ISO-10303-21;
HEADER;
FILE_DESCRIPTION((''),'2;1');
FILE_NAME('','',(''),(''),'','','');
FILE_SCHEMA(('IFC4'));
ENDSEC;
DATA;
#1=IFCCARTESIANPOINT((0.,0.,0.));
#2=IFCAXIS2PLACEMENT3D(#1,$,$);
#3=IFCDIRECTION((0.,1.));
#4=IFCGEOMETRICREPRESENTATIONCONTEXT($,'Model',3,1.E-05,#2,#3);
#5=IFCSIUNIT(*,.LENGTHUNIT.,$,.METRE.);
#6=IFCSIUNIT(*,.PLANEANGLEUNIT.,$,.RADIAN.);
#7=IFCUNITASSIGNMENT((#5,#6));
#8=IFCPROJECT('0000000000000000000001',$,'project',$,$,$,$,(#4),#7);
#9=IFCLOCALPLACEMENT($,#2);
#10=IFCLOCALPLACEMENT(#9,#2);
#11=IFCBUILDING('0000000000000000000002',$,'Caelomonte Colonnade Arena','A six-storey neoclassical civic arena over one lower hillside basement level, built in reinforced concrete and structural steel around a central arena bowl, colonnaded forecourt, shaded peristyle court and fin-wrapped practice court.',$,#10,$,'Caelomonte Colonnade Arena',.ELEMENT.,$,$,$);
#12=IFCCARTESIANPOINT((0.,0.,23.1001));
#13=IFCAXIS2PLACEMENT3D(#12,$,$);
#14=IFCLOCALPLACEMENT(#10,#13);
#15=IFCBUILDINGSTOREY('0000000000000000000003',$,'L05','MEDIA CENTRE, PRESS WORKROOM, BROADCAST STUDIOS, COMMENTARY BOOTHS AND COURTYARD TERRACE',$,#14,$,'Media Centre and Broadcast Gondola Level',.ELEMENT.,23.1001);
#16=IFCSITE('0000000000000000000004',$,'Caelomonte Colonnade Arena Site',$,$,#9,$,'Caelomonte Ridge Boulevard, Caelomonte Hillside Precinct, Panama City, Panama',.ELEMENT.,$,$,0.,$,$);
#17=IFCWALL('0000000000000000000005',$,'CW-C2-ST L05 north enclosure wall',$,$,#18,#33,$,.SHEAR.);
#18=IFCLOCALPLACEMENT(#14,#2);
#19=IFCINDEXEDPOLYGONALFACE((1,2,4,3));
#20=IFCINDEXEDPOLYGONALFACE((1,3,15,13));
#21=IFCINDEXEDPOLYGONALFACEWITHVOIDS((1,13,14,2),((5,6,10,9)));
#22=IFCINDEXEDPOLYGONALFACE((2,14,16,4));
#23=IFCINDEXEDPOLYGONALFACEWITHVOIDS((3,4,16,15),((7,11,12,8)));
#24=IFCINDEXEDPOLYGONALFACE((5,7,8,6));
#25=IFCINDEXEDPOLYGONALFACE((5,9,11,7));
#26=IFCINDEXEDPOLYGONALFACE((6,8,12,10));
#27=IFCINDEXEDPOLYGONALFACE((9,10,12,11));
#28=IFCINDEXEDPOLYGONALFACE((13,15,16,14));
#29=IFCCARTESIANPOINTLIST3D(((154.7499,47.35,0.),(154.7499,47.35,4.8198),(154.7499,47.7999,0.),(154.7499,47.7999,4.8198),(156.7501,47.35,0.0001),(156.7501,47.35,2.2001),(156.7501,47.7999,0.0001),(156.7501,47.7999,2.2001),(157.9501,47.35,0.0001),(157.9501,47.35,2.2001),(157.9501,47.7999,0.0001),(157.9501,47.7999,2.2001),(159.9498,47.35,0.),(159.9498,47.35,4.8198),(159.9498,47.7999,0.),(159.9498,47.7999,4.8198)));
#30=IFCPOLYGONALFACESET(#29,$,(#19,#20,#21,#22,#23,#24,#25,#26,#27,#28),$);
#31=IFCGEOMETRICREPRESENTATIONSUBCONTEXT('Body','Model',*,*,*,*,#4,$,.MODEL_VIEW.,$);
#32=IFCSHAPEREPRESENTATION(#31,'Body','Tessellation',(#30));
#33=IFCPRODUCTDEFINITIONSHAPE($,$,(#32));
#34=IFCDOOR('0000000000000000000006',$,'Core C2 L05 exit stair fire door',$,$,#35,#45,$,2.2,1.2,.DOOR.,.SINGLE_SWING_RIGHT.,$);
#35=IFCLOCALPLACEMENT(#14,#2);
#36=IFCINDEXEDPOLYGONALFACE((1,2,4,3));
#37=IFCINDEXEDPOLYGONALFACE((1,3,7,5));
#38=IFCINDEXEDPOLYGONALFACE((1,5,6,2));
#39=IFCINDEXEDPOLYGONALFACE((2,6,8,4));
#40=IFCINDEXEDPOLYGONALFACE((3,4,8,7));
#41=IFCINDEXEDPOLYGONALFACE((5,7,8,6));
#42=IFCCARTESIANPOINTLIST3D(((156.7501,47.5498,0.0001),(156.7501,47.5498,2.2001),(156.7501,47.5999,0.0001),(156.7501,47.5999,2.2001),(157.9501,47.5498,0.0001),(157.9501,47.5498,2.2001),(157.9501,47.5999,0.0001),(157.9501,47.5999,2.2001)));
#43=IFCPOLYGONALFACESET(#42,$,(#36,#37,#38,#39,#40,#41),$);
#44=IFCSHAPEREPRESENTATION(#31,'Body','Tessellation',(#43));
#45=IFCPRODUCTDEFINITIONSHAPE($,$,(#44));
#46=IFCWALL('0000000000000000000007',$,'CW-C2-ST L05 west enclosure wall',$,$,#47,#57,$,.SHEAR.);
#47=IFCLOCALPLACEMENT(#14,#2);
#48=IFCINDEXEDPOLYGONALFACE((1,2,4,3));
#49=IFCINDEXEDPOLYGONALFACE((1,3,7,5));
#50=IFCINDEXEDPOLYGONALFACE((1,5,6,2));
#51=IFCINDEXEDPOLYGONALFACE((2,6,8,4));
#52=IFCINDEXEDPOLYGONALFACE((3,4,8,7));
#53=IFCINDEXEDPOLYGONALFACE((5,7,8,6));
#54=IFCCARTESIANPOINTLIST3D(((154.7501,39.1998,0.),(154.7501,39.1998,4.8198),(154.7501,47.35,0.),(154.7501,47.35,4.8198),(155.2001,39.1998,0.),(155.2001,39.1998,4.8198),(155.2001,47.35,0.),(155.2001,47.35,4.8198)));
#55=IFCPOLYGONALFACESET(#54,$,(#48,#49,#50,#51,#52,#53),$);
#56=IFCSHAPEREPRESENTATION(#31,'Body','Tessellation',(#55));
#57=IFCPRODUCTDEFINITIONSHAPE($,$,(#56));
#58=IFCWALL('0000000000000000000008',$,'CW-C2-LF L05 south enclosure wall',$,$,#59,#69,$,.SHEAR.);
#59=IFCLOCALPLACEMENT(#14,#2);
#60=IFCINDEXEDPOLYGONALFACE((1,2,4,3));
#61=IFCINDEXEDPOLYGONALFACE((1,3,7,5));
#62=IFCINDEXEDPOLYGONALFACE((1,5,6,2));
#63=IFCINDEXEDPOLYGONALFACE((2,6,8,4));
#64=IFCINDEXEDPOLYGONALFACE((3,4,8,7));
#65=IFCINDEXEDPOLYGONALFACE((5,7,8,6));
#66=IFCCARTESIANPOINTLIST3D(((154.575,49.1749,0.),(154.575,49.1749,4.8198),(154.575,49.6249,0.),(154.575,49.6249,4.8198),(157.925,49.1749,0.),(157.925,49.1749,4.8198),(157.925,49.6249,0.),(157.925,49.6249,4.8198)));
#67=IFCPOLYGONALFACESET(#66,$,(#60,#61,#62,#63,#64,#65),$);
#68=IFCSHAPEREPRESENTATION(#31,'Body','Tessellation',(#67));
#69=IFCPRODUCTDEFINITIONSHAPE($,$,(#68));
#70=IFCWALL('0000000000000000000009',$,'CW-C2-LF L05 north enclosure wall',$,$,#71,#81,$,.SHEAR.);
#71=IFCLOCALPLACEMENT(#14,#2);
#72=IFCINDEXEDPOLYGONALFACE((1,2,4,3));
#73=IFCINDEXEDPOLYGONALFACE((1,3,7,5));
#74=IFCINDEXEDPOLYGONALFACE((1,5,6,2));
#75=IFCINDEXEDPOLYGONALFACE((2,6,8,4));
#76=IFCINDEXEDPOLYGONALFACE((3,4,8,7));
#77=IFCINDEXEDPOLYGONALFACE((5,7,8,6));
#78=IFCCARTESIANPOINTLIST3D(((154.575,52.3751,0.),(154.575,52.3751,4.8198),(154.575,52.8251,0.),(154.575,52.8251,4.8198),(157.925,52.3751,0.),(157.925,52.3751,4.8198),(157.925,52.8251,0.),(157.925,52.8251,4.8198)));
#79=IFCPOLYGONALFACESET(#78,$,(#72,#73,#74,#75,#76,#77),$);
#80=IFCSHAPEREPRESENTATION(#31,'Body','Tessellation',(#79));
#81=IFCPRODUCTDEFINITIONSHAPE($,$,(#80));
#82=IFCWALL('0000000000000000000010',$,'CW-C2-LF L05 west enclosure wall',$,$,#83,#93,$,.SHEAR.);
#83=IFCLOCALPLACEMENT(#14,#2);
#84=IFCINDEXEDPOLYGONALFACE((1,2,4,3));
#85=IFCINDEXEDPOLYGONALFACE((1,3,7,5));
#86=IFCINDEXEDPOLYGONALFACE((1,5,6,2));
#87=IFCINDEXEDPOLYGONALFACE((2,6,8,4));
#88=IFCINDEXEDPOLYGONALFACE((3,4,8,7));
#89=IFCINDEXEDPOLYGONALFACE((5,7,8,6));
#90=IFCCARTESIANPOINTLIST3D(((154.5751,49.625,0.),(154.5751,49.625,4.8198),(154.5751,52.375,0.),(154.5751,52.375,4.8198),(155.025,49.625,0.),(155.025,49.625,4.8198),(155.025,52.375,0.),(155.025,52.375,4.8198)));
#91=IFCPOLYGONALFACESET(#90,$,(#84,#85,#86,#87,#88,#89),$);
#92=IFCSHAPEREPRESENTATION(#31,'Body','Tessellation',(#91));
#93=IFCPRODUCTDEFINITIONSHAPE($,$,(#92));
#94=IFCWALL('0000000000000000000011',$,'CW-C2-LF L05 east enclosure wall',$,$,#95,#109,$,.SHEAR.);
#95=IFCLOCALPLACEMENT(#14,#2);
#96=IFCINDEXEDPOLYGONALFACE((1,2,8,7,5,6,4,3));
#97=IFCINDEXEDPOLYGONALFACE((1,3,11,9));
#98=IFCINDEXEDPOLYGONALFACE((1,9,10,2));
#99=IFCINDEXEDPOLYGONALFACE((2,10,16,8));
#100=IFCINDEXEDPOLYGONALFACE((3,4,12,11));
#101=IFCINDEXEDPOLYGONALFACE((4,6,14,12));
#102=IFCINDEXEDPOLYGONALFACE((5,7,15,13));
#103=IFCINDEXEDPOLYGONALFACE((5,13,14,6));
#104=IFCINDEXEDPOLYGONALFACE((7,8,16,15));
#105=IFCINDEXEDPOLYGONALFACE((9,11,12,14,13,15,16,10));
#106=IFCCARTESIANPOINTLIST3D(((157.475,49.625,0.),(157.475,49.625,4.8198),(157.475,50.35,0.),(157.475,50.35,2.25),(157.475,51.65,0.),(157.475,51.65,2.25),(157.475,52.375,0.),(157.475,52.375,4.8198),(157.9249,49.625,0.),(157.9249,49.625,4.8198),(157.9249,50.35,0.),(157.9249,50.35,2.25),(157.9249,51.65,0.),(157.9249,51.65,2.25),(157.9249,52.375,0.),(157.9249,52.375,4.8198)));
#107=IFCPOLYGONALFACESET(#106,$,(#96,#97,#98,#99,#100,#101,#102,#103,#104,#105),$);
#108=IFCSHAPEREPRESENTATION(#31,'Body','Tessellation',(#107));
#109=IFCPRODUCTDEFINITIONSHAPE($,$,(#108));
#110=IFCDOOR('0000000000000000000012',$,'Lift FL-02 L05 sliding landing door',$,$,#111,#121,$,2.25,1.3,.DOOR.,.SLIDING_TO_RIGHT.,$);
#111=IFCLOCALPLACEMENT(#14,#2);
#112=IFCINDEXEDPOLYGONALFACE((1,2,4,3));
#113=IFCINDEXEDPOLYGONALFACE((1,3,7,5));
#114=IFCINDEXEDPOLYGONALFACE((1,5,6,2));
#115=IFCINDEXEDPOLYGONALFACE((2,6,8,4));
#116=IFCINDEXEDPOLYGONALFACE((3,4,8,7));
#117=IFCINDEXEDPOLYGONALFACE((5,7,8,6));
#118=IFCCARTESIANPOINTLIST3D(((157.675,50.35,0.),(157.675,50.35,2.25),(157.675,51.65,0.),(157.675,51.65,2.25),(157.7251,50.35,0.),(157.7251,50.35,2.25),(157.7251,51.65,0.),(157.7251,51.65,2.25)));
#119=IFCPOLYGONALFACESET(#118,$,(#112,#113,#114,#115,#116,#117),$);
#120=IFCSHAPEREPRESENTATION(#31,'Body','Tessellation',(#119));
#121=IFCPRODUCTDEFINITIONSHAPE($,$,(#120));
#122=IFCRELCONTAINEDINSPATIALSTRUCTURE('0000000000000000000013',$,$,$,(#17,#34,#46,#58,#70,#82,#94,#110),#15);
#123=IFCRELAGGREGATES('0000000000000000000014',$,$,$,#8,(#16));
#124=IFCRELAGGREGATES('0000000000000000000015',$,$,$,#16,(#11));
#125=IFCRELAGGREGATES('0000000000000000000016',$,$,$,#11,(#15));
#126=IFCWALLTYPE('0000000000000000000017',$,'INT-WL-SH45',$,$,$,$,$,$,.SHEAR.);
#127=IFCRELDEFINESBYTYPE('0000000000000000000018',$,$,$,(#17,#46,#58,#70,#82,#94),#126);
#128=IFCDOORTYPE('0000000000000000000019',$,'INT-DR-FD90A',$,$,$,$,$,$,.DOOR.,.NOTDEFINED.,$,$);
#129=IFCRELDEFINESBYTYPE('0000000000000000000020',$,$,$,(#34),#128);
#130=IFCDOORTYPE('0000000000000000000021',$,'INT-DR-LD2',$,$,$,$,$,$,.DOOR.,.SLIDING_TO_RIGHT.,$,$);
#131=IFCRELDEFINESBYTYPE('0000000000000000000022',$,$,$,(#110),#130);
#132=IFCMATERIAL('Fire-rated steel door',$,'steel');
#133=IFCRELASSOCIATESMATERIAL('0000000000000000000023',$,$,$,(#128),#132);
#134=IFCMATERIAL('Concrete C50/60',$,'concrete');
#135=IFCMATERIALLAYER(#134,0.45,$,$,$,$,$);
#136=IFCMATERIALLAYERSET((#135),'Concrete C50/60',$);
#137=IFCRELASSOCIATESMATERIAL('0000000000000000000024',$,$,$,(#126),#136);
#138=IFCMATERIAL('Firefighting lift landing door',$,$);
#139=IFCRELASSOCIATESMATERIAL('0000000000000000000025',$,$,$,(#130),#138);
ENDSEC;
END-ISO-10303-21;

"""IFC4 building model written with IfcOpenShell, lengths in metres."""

from ifc_helpers import new_model, si_unit, direction, frame, frame_2d, origin, place, context, subcontext, project, spatial, rectangle, extrude, material, layer, layer_set, type_object, element, fill, save


model = new_model("IFC4")

# Units and contexts
model_context = context("Model", 3, precision=1e-05, world=origin(), true_north=direction((0.0, 1.0)))
body_context = subcontext(model_context, "Body", "Model", "MODEL_VIEW")
ifc_project = project(units=[si_unit("LENGTHUNIT", "METRE"), si_unit("PLANEANGLEUNIT", "RADIAN")], contexts=[model_context])

# Site, building, storey
site_placement = place(None, origin())
site = spatial("IfcSite", under=ifc_project, at=site_placement, Name="Caelomonte Colonnade Arena Site", LongName="Caelomonte Ridge Boulevard, Caelomonte Hillside Precinct, Panama City, Panama", CompositionType="ELEMENT", RefElevation=0.0)
building_placement = place(site_placement, origin())
building = spatial("IfcBuilding", under=site, at=building_placement, Name="Caelomonte Colonnade Arena", Description="A six-storey neoclassical civic arena over one lower hillside basement level, built in reinforced concrete and structural steel around a central arena bowl, colonnaded forecourt, shaded peristyle court and fin-wrapped practice court.", LongName="Caelomonte Colonnade Arena", CompositionType="ELEMENT")
storey_placement = place(building_placement, frame((0.0, 0.0, 23.1001)))
storey = spatial("IfcBuildingStorey", under=building, at=storey_placement, Name="L05", Description="MEDIA CENTRE, PRESS WORKROOM, BROADCAST STUDIOS, COMMENTARY BOOTHS AND COURTYARD TERRACE", LongName="Media Centre and Broadcast Gondola Level", CompositionType="ELEMENT", Elevation=23.1001)

# Shared definitions
ifc_material_1 = material(Name="Concrete C50/60", Category="concrete")

# Shared definitions
ifc_material_2 = material(Name="Fire-rated steel door", Category="steel")
door_type_1 = type_object("IfcDoorType", Name="INT-DR-FD90A", OperationType="NOTDEFINED", PredefinedType="DOOR", material=ifc_material_2)

# Wall, opening, door
ifc_layer_1 = layer(ifc_material_1, 0.45)
ifc_layer_set_1 = layer_set([ifc_layer_1], Name="Concrete C50/60")
wall_type_1 = type_object("IfcWallType", Name="INT-WL-SH45", PredefinedType="SHEAR", material=ifc_layer_set_1)
wall_1_placement = place(storey_placement, frame((159.95, 47.575, 0.0), z_axis=(0.0, 0.0, 1.0), x_axis=(-1.0, 0.0, 0.0)))
wall_1 = element("IfcWall", 1, at=wall_1_placement, inside=storey, type_object=wall_type_1, Name="CW-C2-ST L05 north enclosure wall", PredefinedType="SHEAR", context=body_context, shape_type="SweptSolid", body=[
    extrude(rectangle(XDim=5.2, YDim=0.45, at=frame_2d((2.6001, 0.0))), origin(), (0.0, 0.0, 1.0), 4.8198),
])
opening_1_placement = place(wall_1_placement, frame((3.2, 0.0, 0.0), z_axis=(0.0, 0.0, 1.0), x_axis=(-1.0, 0.0, 0.0)))
opening_1 = element("IfcOpeningElement", 2, at=opening_1_placement, cuts=wall_1, PredefinedType="OPENING", context=body_context, shape_type="SweptSolid", body=[
    extrude(rectangle(XDim=1.2, YDim=2.2, at=frame_2d((0.6001, 1.1001))), frame((0.0, 0.2349, 0.0), z_axis=(0.0, -1.0, 0.0), x_axis=(1.0, 0.0, 0.0)), (0.0, 0.0, 1.0), 0.47),
])
door_1_placement = place(opening_1_placement, origin())
door_1 = element("IfcDoor", 3, at=door_1_placement, inside=storey, type_object=door_type_1, Name="Core C2 L05 exit stair fire door", OperationType="SINGLE_SWING_RIGHT", OverallHeight=2.2, OverallWidth=1.2, PredefinedType="DOOR", context=body_context, shape_type="SweptSolid", body=[
    extrude(rectangle(XDim=1.2, YDim=2.2, at=frame_2d((0.6001, 1.1001))), frame((0.0, 0.0249, 0.0), z_axis=(0.0, -1.0, 0.0), x_axis=(1.0, 0.0, 0.0)), (0.0, 0.0, 1.0), 0.05),
])
fill(opening_1, door_1)

# Walls
wall_2_placement = place(storey_placement, frame((154.9751, 47.3501, 0.0), z_axis=(0.0, 0.0, 1.0), x_axis=(0.0, -1.0, 0.0)))
element("IfcWall", 4, at=wall_2_placement, inside=storey, type_object=wall_type_1, Name="CW-C2-ST L05 west enclosure wall", PredefinedType="SHEAR", context=body_context, shape_type="SweptSolid", body=[
    extrude(rectangle(XDim=8.1501, YDim=0.45, at=frame_2d((4.0752, 0.0))), origin(), (0.0, 0.0, 1.0), 4.8198),
])
for number, where, z_axis, x_axis, name in (
    (5, (154.575, 49.3999, 0.0), (0.0, 0.0, 1.0), (1.0, 0.0, 0.0), "CW-C2-LF L05 south enclosure wall"),
    (6, (157.925, 52.6001, 0.0), (0.0, 0.0, 1.0), (-1.0, 0.0, 0.0), "CW-C2-LF L05 north enclosure wall"),
):
    element("IfcWall", number, at=place(storey_placement, frame(where, z_axis=z_axis, x_axis=x_axis)), inside=storey, type_object=wall_type_1, Name=name, PredefinedType="SHEAR", context=body_context, shape_type="SweptSolid", body=[
        extrude(rectangle(XDim=3.3501, YDim=0.45, at=frame_2d((1.675, 0.0))), origin(), (0.0, 0.0, 1.0), 4.8198),
    ])
wall_3_placement = place(storey_placement, frame((154.8, 52.375, 0.0), z_axis=(0.0, 0.0, 1.0), x_axis=(0.0, -1.0, 0.0)))
element("IfcWall", 7, at=wall_3_placement, inside=storey, type_object=wall_type_1, Name="CW-C2-LF L05 west enclosure wall", PredefinedType="SHEAR", context=body_context, shape_type="SweptSolid", body=[
    extrude(rectangle(XDim=2.75, YDim=0.45, at=frame_2d((1.375, 0.0))), origin(), (0.0, 0.0, 1.0), 4.8198),
])

# Wall, opening, door
wall_4_placement = place(storey_placement, frame((157.7, 49.625, 0.0), z_axis=(0.0, 0.0, 1.0), x_axis=(0.0, 1.0, 0.0)))
wall_4 = element("IfcWall", 8, at=wall_4_placement, inside=storey, type_object=wall_type_1, Name="CW-C2-LF L05 east enclosure wall", PredefinedType="SHEAR", context=body_context, shape_type="SweptSolid", body=[
    extrude(rectangle(XDim=2.75, YDim=0.45, at=frame_2d((1.375, 0.0))), origin(), (0.0, 0.0, 1.0), 4.8198),
])
opening_2_placement = place(wall_4_placement, frame((0.7251, 0.0, 0.0), z_axis=(0.0, 0.0, 1.0), x_axis=(1.0, 0.0, 0.0)))
opening_2 = element("IfcOpeningElement", 9, at=opening_2_placement, cuts=wall_4, PredefinedType="OPENING", context=body_context, shape_type="SweptSolid", body=[
    extrude(rectangle(XDim=1.3, YDim=2.25, at=frame_2d((0.6499, 1.125))), frame((0.0, 0.2349, 0.0), z_axis=(0.0, -1.0, 0.0), x_axis=(1.0, 0.0, 0.0)), (0.0, 0.0, 1.0), 0.47),
])
ifc_material_3 = material(Name="Firefighting lift landing door")
door_type_2 = type_object("IfcDoorType", Name="INT-DR-LD2", OperationType="SLIDING_TO_RIGHT", PredefinedType="DOOR", material=ifc_material_3)
door_2_placement = place(opening_2_placement, origin())
door_2 = element("IfcDoor", 10, at=door_2_placement, inside=storey, type_object=door_type_2, Name="Lift FL-02 L05 sliding landing door", OperationType="SLIDING_TO_RIGHT", OverallHeight=2.25, OverallWidth=1.3, PredefinedType="DOOR", context=body_context, shape_type="SweptSolid", body=[
    extrude(rectangle(XDim=1.3, YDim=2.25, at=frame_2d((0.6499, 1.125))), frame((0.0, 0.0249, 0.0), z_axis=(0.0, -1.0, 0.0), x_axis=(1.0, 0.0, 0.0)), (0.0, 0.0, 1.0), 0.05),
])
fill(opening_2, door_2)

save(model, "model.ifc")
